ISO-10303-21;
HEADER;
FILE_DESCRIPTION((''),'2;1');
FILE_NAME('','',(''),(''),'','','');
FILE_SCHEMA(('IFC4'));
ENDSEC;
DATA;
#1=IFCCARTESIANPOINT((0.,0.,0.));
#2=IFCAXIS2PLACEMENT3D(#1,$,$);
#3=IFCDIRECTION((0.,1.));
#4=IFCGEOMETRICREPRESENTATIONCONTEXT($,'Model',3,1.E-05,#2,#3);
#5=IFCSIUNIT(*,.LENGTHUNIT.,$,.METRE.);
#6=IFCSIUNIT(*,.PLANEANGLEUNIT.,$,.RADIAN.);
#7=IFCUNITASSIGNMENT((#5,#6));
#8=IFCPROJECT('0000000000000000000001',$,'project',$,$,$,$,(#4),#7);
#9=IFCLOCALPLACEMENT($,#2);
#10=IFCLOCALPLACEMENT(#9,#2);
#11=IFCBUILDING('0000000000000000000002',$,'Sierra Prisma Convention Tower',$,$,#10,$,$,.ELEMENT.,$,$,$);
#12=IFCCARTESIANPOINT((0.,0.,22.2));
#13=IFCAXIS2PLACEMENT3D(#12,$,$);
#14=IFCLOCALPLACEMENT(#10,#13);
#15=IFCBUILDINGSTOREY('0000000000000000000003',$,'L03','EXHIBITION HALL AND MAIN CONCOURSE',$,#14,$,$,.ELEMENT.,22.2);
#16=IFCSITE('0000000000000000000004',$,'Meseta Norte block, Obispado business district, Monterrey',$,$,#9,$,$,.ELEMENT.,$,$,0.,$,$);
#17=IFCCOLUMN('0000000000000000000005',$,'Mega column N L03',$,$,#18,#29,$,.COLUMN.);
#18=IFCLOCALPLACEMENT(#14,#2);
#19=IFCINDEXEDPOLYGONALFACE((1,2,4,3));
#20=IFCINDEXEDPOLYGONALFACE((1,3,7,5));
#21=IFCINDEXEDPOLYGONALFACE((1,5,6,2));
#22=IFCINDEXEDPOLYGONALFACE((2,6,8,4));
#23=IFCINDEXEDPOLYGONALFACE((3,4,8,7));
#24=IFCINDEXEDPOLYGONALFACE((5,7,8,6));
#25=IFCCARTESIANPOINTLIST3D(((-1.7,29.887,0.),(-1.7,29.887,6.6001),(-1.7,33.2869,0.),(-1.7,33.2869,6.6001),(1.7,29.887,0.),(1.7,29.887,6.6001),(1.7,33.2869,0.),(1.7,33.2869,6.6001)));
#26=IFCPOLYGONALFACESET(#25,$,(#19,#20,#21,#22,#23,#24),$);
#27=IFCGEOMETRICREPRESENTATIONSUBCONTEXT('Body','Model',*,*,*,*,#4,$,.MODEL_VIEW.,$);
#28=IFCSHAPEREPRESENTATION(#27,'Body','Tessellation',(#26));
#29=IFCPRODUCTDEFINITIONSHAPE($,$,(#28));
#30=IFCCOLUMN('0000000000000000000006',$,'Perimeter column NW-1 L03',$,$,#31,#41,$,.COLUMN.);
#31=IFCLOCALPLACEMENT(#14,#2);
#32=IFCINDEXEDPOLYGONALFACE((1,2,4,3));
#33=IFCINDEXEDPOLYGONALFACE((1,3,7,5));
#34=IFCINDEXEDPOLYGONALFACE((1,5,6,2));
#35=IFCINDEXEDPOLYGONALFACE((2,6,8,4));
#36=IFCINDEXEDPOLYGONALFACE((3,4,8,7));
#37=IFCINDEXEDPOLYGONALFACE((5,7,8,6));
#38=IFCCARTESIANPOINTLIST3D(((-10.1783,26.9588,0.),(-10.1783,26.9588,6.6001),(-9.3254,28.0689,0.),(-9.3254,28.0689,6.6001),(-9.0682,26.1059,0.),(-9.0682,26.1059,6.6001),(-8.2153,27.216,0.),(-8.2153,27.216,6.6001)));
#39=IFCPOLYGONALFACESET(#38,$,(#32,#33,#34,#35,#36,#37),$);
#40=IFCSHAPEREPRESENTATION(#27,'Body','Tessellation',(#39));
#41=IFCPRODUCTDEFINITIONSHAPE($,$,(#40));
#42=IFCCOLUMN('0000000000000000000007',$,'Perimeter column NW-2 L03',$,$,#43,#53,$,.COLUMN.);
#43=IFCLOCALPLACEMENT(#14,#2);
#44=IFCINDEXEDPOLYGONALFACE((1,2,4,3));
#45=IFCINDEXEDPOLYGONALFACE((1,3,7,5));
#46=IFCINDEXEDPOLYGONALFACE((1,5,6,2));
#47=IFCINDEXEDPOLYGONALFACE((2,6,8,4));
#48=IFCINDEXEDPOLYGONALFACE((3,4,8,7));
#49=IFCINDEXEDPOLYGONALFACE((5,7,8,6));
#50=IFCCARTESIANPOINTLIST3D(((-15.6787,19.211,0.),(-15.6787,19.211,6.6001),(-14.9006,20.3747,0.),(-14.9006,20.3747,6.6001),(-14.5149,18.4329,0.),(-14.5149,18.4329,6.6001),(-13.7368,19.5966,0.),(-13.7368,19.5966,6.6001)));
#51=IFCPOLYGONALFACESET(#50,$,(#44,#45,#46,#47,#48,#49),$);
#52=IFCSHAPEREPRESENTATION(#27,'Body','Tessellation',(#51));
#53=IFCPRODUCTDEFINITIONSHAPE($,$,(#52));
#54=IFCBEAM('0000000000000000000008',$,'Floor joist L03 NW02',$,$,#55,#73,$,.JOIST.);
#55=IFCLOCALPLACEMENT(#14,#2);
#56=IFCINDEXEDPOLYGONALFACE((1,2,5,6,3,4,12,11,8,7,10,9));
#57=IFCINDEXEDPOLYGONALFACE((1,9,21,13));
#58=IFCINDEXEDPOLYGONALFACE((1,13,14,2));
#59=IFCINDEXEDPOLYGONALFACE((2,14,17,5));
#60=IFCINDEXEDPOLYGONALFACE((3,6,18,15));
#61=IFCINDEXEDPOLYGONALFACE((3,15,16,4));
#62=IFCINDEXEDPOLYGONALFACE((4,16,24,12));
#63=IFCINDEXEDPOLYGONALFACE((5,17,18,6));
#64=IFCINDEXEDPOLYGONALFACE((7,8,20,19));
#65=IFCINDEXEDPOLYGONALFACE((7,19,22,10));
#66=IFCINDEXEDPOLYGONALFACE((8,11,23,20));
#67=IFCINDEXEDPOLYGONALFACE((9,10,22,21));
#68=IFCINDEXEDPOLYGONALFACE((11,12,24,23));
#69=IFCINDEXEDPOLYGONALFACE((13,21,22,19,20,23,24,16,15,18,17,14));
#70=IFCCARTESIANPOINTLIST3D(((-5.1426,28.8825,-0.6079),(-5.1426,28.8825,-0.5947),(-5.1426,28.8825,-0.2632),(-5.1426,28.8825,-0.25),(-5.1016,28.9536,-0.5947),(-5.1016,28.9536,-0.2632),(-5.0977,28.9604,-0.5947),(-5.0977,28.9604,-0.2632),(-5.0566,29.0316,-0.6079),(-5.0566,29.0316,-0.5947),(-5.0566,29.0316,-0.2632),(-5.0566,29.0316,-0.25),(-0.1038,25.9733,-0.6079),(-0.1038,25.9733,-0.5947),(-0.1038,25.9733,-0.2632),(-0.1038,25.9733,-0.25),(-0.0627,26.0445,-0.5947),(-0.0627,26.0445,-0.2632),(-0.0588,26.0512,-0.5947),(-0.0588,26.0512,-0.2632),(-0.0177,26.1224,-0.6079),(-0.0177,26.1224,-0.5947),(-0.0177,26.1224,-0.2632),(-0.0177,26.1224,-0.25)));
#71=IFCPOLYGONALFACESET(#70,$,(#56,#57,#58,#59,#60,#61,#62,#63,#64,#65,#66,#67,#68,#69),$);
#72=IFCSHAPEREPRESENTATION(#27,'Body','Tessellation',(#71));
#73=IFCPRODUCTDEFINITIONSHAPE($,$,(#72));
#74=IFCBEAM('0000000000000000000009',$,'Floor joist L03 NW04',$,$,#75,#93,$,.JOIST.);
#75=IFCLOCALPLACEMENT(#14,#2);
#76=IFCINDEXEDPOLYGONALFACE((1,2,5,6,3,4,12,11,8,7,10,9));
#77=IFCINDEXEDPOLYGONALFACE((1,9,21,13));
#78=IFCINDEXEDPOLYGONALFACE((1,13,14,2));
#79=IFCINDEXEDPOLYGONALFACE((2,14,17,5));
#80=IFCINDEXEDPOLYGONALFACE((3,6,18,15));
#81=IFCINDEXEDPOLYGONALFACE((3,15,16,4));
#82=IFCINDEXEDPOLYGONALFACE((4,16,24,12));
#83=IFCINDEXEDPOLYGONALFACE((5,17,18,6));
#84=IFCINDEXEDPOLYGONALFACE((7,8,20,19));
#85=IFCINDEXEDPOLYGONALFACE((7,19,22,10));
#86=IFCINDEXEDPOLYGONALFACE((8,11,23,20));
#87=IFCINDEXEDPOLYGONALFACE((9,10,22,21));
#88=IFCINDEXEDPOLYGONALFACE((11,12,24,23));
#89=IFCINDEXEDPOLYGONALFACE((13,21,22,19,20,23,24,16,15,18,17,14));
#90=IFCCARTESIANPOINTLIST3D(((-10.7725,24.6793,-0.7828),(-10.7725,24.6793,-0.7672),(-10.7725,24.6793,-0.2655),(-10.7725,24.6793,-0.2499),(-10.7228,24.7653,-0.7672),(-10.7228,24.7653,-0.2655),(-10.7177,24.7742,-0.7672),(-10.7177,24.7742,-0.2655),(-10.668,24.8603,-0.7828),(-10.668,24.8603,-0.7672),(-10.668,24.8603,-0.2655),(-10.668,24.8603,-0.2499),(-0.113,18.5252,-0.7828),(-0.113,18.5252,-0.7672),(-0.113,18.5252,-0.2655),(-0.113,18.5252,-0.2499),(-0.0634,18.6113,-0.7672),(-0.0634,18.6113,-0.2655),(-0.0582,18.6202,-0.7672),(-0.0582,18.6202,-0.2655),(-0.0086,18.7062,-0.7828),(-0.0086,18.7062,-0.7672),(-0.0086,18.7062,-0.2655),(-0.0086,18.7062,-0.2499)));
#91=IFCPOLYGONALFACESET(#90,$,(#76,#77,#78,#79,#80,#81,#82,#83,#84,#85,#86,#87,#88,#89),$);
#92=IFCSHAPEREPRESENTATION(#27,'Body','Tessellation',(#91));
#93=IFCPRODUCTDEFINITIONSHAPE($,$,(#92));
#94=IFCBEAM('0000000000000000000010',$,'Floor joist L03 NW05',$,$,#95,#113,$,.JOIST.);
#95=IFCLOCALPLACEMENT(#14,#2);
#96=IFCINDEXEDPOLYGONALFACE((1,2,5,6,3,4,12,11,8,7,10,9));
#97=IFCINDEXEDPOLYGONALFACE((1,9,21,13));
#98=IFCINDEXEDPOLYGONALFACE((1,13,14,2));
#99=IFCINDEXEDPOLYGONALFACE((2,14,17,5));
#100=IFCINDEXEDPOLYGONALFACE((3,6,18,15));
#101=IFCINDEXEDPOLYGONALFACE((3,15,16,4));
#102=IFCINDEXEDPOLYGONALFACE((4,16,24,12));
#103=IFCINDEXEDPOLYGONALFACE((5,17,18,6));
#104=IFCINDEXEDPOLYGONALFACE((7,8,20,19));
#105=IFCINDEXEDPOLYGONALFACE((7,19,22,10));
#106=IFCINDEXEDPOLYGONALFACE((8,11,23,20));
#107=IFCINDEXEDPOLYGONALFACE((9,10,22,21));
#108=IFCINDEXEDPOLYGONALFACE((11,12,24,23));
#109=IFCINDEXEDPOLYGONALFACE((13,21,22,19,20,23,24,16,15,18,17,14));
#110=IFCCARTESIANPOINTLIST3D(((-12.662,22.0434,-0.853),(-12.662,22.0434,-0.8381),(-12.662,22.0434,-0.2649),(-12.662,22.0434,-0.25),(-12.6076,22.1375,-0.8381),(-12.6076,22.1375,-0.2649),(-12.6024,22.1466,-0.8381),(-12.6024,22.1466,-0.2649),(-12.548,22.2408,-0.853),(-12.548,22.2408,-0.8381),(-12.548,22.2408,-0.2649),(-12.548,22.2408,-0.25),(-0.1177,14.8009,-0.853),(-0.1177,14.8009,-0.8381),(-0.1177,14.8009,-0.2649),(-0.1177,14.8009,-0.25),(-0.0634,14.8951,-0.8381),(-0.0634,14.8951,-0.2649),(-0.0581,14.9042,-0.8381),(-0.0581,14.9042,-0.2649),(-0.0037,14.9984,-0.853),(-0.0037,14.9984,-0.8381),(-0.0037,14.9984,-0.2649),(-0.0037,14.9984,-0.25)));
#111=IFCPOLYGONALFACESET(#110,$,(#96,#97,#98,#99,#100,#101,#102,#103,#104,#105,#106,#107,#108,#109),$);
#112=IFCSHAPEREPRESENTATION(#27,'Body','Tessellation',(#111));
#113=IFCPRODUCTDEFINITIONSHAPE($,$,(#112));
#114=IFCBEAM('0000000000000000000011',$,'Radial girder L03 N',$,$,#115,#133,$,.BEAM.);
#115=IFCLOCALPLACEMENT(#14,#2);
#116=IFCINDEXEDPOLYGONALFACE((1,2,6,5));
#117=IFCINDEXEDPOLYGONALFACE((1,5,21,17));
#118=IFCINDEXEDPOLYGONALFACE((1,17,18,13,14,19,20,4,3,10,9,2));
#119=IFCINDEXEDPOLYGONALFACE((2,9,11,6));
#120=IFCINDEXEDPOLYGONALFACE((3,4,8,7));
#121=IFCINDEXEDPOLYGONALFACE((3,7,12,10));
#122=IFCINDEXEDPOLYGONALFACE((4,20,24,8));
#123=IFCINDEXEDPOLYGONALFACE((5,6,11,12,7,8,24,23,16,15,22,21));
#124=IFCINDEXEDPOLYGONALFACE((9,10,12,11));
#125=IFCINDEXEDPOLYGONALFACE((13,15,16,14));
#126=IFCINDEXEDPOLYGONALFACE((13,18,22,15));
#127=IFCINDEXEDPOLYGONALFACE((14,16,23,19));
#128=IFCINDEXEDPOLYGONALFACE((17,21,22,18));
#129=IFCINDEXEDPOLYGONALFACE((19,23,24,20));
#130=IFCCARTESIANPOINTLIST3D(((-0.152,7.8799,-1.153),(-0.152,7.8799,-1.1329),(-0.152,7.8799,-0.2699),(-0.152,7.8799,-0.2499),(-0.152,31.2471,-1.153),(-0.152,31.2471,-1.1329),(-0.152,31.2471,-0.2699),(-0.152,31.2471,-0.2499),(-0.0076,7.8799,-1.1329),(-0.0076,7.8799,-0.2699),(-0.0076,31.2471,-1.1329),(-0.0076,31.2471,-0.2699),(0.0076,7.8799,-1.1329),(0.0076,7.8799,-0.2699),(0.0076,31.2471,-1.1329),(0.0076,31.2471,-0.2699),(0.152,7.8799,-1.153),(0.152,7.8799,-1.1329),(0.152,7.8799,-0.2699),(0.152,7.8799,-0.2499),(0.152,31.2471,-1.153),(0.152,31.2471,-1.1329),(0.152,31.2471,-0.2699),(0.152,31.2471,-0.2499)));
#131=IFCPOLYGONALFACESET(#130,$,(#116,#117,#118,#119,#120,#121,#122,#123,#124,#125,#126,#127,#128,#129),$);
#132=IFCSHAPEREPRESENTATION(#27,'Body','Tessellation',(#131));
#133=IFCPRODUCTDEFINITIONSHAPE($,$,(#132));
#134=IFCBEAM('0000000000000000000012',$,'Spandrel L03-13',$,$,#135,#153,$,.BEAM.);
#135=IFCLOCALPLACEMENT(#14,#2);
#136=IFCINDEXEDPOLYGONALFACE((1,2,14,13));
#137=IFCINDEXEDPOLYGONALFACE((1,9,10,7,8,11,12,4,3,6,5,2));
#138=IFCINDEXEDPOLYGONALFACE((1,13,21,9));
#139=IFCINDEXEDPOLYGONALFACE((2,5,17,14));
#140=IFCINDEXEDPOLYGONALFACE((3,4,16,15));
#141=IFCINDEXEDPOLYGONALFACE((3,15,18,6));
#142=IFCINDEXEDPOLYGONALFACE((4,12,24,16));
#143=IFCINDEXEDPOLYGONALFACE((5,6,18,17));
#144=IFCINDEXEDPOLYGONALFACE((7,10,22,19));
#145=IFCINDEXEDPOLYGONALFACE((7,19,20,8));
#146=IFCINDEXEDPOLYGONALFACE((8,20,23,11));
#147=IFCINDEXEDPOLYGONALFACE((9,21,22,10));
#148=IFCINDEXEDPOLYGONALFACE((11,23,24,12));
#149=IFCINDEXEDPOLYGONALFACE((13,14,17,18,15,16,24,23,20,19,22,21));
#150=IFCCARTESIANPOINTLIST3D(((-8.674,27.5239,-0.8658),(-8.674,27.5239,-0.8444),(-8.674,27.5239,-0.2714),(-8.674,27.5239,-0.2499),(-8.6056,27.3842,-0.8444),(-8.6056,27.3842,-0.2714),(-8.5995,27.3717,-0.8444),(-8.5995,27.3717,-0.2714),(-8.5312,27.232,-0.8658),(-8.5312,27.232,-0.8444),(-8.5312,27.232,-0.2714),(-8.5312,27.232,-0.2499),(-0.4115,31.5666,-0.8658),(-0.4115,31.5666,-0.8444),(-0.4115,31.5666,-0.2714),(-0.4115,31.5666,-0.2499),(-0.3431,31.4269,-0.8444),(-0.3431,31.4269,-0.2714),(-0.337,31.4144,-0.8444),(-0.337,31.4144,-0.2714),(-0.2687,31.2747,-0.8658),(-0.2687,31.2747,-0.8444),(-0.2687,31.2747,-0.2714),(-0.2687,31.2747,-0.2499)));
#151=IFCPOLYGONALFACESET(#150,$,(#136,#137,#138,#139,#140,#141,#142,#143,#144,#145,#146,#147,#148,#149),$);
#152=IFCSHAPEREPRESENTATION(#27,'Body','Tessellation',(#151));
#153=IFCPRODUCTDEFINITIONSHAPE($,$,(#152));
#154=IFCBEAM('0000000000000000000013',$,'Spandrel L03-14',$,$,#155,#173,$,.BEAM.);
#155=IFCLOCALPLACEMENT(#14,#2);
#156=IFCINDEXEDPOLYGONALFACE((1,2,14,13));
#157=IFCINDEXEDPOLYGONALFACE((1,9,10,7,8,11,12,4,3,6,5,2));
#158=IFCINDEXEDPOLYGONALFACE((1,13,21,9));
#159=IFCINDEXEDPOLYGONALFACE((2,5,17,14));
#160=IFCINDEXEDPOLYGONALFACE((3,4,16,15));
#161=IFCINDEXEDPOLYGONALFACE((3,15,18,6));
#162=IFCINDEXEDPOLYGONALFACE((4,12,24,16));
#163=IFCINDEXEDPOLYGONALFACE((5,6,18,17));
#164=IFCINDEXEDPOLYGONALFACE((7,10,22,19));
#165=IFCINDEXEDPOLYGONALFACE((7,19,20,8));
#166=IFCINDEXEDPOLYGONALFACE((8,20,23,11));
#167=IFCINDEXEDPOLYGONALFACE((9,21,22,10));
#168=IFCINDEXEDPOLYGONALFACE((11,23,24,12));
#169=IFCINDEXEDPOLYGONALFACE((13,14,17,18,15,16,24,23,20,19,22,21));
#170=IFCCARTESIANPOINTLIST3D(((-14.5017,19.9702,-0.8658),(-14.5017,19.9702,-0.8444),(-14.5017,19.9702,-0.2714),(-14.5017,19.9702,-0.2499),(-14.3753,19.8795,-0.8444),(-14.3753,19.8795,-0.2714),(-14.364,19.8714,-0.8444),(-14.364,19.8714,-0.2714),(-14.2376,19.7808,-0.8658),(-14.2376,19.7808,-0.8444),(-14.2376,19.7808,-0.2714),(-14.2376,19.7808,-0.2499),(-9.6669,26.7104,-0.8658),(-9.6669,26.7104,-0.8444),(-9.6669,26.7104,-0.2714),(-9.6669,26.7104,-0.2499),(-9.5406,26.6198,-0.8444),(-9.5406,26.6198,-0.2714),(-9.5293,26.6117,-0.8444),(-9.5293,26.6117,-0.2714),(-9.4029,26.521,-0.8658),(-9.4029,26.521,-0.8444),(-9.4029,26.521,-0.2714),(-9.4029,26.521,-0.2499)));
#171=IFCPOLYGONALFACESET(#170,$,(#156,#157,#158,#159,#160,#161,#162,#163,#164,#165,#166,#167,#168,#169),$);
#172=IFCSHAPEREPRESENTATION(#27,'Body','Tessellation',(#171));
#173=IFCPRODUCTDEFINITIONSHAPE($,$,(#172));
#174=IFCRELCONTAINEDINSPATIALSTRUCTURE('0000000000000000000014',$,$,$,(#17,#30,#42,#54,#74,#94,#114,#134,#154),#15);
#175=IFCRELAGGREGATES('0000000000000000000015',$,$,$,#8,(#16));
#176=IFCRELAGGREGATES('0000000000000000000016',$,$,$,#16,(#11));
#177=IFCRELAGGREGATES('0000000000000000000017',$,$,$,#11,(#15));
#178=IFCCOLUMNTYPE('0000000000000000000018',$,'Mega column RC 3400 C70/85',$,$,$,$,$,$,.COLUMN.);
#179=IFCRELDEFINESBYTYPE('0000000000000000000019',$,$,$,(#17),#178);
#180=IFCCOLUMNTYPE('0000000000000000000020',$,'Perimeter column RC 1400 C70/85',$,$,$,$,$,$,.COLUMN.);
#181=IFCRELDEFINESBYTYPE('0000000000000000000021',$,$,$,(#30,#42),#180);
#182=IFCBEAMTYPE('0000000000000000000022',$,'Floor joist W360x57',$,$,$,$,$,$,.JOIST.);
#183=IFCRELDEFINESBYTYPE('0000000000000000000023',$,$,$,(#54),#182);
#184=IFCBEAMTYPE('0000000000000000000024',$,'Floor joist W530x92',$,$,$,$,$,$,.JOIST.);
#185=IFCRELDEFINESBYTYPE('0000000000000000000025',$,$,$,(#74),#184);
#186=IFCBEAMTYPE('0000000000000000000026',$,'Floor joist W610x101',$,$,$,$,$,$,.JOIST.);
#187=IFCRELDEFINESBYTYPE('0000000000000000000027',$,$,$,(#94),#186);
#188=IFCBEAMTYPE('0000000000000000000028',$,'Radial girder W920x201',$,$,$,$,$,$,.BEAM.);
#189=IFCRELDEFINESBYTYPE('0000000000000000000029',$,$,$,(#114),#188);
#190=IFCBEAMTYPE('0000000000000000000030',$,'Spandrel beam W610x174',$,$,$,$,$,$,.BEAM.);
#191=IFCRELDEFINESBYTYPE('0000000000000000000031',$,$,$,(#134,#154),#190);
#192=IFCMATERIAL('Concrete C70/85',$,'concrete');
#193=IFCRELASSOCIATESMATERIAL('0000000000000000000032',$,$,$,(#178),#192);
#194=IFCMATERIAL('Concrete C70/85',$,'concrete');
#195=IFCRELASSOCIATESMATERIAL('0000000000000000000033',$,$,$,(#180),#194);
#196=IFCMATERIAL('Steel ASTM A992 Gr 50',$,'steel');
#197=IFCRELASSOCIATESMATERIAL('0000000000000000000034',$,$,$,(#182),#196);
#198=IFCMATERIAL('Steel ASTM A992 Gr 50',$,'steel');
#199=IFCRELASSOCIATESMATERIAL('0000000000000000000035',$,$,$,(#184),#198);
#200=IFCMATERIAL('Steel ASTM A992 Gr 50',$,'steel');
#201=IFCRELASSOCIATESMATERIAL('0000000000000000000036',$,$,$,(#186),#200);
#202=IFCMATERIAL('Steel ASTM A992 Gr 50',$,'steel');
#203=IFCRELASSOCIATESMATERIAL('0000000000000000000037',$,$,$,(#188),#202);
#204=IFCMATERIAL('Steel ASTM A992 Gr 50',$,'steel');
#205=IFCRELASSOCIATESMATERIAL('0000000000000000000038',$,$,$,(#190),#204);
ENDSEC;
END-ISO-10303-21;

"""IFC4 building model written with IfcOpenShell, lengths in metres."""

from ifc_helpers import new_model, si_unit, direction, frame, origin, origin_2d, place, context, subcontext, project, spatial, rectangle, i_section, extrude, material, material_profile, profile_set, type_object, element, save


model = new_model("IFC4")

# Units and contexts
model_context = context("Model", 3, precision=1e-05, world=origin(), true_north=direction((0.0, 1.0)))
body_context = subcontext(model_context, "Body", "Model", "MODEL_VIEW")
ifc_project = project(units=[si_unit("LENGTHUNIT", "METRE"), si_unit("PLANEANGLEUNIT", "RADIAN")], contexts=[model_context])

# Site, building, storey
site_placement = place(None, origin())
site = spatial("IfcSite", under=ifc_project, at=site_placement, Name="Meseta Norte block, Obispado business district, Monterrey", CompositionType="ELEMENT", RefElevation=0.0)
building_placement = place(site_placement, origin())
building = spatial("IfcBuilding", under=site, at=building_placement, Name="Sierra Prisma Convention Tower", CompositionType="ELEMENT")
storey_placement = place(building_placement, frame((0.0, 0.0, 22.2)))
storey = spatial("IfcBuildingStorey", under=building, at=storey_placement, Name="L03", Description="EXHIBITION HALL AND MAIN CONCOURSE", CompositionType="ELEMENT", Elevation=22.2)

# Columns
ifc_material_1 = material(Name="Concrete C70/85", Category="concrete")
ifc_material_profile_1 = material_profile(ifc_material_1, rectangle(XDim=3.3999, YDim=3.3999, at=origin_2d()), Name="Mega column RC 3400 C70/85")
ifc_profile_set_1 = profile_set([ifc_material_profile_1], Name="Concrete C70/85")
column_type_1 = type_object("IfcColumnType", Name="Mega column RC 3400 C70/85", PredefinedType="COLUMN", material=ifc_profile_set_1)
column_placement = place(storey_placement, frame((0.0, 31.5869, 0.0), z_axis=(0.0, 0.0, 1.0), x_axis=(1.0, 0.0, 0.0)))
element("IfcColumn", 1, at=column_placement, inside=storey, type_object=column_type_1, Name="Mega column N L03", PredefinedType="COLUMN", context=body_context, shape_type="SweptSolid", body=[
    extrude(rectangle(XDim=3.3999, YDim=3.3999, at=origin_2d()), origin(), (0.0, 0.0, 1.0), 6.6001),
])
ifc_material_2 = material(Name="Concrete C70/85", Category="concrete")
ifc_material_profile_2 = material_profile(ifc_material_2, rectangle(XDim=1.3999, YDim=1.3999, at=origin_2d()), Name="Perimeter column RC 1400 C70/85")
ifc_profile_set_2 = profile_set([ifc_material_profile_2], Name="Concrete C70/85")
column_type_2 = type_object("IfcColumnType", Name="Perimeter column RC 1400 C70/85", PredefinedType="COLUMN", material=ifc_profile_set_2)
for number, where, z_axis, x_axis, name in (
    (2, (-9.1968, 27.0874, 0.0), (0.0, 0.0, 1.0), (0.609232, 0.792992, 0.0), "Perimeter column NW-1 L03"),
    (3, (-14.7078, 19.4038, 0.0), (0.0, 0.0, 1.0), (0.555817, 0.831305, 0.0), "Perimeter column NW-2 L03"),
):
    element("IfcColumn", number, at=place(storey_placement, frame(where, z_axis=z_axis, x_axis=x_axis)), inside=storey, type_object=column_type_2, Name=name, PredefinedType="COLUMN", context=body_context, shape_type="SweptSolid", body=[
        extrude(rectangle(XDim=1.3999, YDim=1.3999, at=origin_2d()), origin(), (0.0, 0.0, 1.0), 6.6001),
    ])

# Beams
ifc_material_3 = material(Name="Steel ASTM A992 Gr 50", Category="steel")
ifc_material_profile_3 = material_profile(ifc_material_3, i_section(OverallWidth=0.1721, OverallDepth=0.3579, WebThickness=0.0078, FlangeThickness=0.0132, at=origin_2d()), Name="W360x57")
ifc_profile_set_3 = profile_set([ifc_material_profile_3], Name="Steel ASTM A992 Gr 50")
beam_type_1 = type_object("IfcBeamType", Name="Floor joist W360x57", PredefinedType="JOIST", material=ifc_profile_set_3)
beam_1_placement = place(storey_placement, frame((-5.0996, 28.957, -0.429), z_axis=(0.866024, -0.500002, 0.0), x_axis=(0.500002, 0.866024, 0.0)))
element("IfcBeam", 4, at=beam_1_placement, inside=storey, type_object=beam_type_1, Name="Floor joist L03 NW02", PredefinedType="JOIST", context=body_context, shape_type="SweptSolid", body=[
    extrude(i_section(OverallWidth=0.1721, OverallDepth=0.3579, WebThickness=0.0078, FlangeThickness=0.0132, at=origin_2d()), origin(), (0.0, 0.0, 1.0), 5.8184),
])
ifc_material_4 = material(Name="Steel ASTM A992 Gr 50", Category="steel")
ifc_material_profile_4 = material_profile(ifc_material_4, i_section(OverallWidth=0.209, OverallDepth=0.533, WebThickness=0.0103, FlangeThickness=0.0156, at=origin_2d()), Name="W530x92")
ifc_profile_set_4 = profile_set([ifc_material_profile_4], Name="Steel ASTM A992 Gr 50")
beam_type_2 = type_object("IfcBeamType", Name="Floor joist W530x92", PredefinedType="JOIST", material=ifc_profile_set_4)
beam_2_placement = place(storey_placement, frame((-10.7202, 24.7698, -0.5164), z_axis=(0.866031, -0.49999, 0.0), x_axis=(0.49999, 0.866031, 0.0)))
element("IfcBeam", 5, at=beam_2_placement, inside=storey, type_object=beam_type_2, Name="Floor joist L03 NW04", PredefinedType="JOIST", context=body_context, shape_type="SweptSolid", body=[
    extrude(i_section(OverallWidth=0.209, OverallDepth=0.533, WebThickness=0.0103, FlangeThickness=0.0156, at=origin_2d()), origin(), (0.0, 0.0, 1.0), 12.3083),
])
ifc_material_5 = material(Name="Steel ASTM A992 Gr 50", Category="steel")
ifc_material_profile_5 = material_profile(ifc_material_5, i_section(OverallWidth=0.228, OverallDepth=0.603, WebThickness=0.0105, FlangeThickness=0.0149, at=origin_2d()), Name="W610x101")
ifc_profile_set_5 = profile_set([ifc_material_profile_5], Name="Steel ASTM A992 Gr 50")
beam_type_3 = type_object("IfcBeamType", Name="Floor joist W610x101", PredefinedType="JOIST", material=ifc_profile_set_5)
beam_3_placement = place(storey_placement, frame((-12.605, 22.1421, -0.5515), z_axis=(0.866024, -0.500002, 0.0), x_axis=(0.500002, 0.866024, 0.0)))
element("IfcBeam", 6, at=beam_3_placement, inside=storey, type_object=beam_type_3, Name="Floor joist L03 NW05", PredefinedType="JOIST", context=body_context, shape_type="SweptSolid", body=[
    extrude(i_section(OverallWidth=0.228, OverallDepth=0.603, WebThickness=0.0105, FlangeThickness=0.0149, at=origin_2d()), origin(), (0.0, 0.0, 1.0), 14.4849),
])
ifc_material_6 = material(Name="Steel ASTM A992 Gr 50", Category="steel")
ifc_material_profile_6 = material_profile(ifc_material_6, i_section(OverallWidth=0.304, OverallDepth=0.9031, WebThickness=0.0151, FlangeThickness=0.02, at=origin_2d()), Name="W920x201")
ifc_profile_set_6 = profile_set([ifc_material_profile_6], Name="Steel ASTM A992 Gr 50")
beam_type_4 = type_object("IfcBeamType", Name="Radial girder W920x201", PredefinedType="BEAM", material=ifc_profile_set_6)
beam_4_placement = place(storey_placement, frame((0.0, 31.2471, -0.7014), z_axis=(0.0, -1.0, 0.0), x_axis=(1.0, 0.0, 0.0)))
element("IfcBeam", 7, at=beam_4_placement, inside=storey, type_object=beam_type_4, Name="Radial girder L03 N", PredefinedType="BEAM", context=body_context, shape_type="SweptSolid", body=[
    extrude(i_section(OverallWidth=0.304, OverallDepth=0.9031, WebThickness=0.0151, FlangeThickness=0.02, at=origin_2d()), origin(), (0.0, 0.0, 1.0), 23.3672),
])
ifc_material_7 = material(Name="Steel ASTM A992 Gr 50", Category="steel")
ifc_material_profile_7 = material_profile(ifc_material_7, i_section(OverallWidth=0.325, OverallDepth=0.616, WebThickness=0.0139, FlangeThickness=0.0215, at=origin_2d()), Name="W610x174")
ifc_profile_set_7 = profile_set([ifc_material_profile_7], Name="Steel ASTM A992 Gr 50")
beam_type_5 = type_object("IfcBeamType", Name="Spandrel beam W610x174", PredefinedType="BEAM", material=ifc_profile_set_7)
beam_5_placement = place(storey_placement, frame((-0.3401, 31.4207, -0.5579), z_axis=(-0.898243, -0.4395, 0.0), x_axis=(0.4395, -0.898243, 0.0)))
element("IfcBeam", 8, at=beam_5_placement, inside=storey, type_object=beam_type_5, Name="Spandrel L03-13", PredefinedType="BEAM", context=body_context, shape_type="SweptSolid", body=[
    extrude(i_section(OverallWidth=0.325, OverallDepth=0.616, WebThickness=0.0139, FlangeThickness=0.0215, at=origin_2d()), origin(), (0.0, 0.0, 1.0), 9.1985),
])
beam_6_placement = place(storey_placement, frame((-9.5349, 26.6157, -0.5579), z_axis=(-0.582855, -0.812576, 0.0), x_axis=(0.812576, -0.582855, 0.0)))
element("IfcBeam", 9, at=beam_6_placement, inside=storey, type_object=beam_type_5, Name="Spandrel L03-14", PredefinedType="BEAM", context=body_context, shape_type="SweptSolid", body=[
    extrude(i_section(OverallWidth=0.325, OverallDepth=0.616, WebThickness=0.0139, FlangeThickness=0.0215, at=origin_2d()), origin(), (0.0, 0.0, 1.0), 8.2949),
])

save(model, "model.ifc")
